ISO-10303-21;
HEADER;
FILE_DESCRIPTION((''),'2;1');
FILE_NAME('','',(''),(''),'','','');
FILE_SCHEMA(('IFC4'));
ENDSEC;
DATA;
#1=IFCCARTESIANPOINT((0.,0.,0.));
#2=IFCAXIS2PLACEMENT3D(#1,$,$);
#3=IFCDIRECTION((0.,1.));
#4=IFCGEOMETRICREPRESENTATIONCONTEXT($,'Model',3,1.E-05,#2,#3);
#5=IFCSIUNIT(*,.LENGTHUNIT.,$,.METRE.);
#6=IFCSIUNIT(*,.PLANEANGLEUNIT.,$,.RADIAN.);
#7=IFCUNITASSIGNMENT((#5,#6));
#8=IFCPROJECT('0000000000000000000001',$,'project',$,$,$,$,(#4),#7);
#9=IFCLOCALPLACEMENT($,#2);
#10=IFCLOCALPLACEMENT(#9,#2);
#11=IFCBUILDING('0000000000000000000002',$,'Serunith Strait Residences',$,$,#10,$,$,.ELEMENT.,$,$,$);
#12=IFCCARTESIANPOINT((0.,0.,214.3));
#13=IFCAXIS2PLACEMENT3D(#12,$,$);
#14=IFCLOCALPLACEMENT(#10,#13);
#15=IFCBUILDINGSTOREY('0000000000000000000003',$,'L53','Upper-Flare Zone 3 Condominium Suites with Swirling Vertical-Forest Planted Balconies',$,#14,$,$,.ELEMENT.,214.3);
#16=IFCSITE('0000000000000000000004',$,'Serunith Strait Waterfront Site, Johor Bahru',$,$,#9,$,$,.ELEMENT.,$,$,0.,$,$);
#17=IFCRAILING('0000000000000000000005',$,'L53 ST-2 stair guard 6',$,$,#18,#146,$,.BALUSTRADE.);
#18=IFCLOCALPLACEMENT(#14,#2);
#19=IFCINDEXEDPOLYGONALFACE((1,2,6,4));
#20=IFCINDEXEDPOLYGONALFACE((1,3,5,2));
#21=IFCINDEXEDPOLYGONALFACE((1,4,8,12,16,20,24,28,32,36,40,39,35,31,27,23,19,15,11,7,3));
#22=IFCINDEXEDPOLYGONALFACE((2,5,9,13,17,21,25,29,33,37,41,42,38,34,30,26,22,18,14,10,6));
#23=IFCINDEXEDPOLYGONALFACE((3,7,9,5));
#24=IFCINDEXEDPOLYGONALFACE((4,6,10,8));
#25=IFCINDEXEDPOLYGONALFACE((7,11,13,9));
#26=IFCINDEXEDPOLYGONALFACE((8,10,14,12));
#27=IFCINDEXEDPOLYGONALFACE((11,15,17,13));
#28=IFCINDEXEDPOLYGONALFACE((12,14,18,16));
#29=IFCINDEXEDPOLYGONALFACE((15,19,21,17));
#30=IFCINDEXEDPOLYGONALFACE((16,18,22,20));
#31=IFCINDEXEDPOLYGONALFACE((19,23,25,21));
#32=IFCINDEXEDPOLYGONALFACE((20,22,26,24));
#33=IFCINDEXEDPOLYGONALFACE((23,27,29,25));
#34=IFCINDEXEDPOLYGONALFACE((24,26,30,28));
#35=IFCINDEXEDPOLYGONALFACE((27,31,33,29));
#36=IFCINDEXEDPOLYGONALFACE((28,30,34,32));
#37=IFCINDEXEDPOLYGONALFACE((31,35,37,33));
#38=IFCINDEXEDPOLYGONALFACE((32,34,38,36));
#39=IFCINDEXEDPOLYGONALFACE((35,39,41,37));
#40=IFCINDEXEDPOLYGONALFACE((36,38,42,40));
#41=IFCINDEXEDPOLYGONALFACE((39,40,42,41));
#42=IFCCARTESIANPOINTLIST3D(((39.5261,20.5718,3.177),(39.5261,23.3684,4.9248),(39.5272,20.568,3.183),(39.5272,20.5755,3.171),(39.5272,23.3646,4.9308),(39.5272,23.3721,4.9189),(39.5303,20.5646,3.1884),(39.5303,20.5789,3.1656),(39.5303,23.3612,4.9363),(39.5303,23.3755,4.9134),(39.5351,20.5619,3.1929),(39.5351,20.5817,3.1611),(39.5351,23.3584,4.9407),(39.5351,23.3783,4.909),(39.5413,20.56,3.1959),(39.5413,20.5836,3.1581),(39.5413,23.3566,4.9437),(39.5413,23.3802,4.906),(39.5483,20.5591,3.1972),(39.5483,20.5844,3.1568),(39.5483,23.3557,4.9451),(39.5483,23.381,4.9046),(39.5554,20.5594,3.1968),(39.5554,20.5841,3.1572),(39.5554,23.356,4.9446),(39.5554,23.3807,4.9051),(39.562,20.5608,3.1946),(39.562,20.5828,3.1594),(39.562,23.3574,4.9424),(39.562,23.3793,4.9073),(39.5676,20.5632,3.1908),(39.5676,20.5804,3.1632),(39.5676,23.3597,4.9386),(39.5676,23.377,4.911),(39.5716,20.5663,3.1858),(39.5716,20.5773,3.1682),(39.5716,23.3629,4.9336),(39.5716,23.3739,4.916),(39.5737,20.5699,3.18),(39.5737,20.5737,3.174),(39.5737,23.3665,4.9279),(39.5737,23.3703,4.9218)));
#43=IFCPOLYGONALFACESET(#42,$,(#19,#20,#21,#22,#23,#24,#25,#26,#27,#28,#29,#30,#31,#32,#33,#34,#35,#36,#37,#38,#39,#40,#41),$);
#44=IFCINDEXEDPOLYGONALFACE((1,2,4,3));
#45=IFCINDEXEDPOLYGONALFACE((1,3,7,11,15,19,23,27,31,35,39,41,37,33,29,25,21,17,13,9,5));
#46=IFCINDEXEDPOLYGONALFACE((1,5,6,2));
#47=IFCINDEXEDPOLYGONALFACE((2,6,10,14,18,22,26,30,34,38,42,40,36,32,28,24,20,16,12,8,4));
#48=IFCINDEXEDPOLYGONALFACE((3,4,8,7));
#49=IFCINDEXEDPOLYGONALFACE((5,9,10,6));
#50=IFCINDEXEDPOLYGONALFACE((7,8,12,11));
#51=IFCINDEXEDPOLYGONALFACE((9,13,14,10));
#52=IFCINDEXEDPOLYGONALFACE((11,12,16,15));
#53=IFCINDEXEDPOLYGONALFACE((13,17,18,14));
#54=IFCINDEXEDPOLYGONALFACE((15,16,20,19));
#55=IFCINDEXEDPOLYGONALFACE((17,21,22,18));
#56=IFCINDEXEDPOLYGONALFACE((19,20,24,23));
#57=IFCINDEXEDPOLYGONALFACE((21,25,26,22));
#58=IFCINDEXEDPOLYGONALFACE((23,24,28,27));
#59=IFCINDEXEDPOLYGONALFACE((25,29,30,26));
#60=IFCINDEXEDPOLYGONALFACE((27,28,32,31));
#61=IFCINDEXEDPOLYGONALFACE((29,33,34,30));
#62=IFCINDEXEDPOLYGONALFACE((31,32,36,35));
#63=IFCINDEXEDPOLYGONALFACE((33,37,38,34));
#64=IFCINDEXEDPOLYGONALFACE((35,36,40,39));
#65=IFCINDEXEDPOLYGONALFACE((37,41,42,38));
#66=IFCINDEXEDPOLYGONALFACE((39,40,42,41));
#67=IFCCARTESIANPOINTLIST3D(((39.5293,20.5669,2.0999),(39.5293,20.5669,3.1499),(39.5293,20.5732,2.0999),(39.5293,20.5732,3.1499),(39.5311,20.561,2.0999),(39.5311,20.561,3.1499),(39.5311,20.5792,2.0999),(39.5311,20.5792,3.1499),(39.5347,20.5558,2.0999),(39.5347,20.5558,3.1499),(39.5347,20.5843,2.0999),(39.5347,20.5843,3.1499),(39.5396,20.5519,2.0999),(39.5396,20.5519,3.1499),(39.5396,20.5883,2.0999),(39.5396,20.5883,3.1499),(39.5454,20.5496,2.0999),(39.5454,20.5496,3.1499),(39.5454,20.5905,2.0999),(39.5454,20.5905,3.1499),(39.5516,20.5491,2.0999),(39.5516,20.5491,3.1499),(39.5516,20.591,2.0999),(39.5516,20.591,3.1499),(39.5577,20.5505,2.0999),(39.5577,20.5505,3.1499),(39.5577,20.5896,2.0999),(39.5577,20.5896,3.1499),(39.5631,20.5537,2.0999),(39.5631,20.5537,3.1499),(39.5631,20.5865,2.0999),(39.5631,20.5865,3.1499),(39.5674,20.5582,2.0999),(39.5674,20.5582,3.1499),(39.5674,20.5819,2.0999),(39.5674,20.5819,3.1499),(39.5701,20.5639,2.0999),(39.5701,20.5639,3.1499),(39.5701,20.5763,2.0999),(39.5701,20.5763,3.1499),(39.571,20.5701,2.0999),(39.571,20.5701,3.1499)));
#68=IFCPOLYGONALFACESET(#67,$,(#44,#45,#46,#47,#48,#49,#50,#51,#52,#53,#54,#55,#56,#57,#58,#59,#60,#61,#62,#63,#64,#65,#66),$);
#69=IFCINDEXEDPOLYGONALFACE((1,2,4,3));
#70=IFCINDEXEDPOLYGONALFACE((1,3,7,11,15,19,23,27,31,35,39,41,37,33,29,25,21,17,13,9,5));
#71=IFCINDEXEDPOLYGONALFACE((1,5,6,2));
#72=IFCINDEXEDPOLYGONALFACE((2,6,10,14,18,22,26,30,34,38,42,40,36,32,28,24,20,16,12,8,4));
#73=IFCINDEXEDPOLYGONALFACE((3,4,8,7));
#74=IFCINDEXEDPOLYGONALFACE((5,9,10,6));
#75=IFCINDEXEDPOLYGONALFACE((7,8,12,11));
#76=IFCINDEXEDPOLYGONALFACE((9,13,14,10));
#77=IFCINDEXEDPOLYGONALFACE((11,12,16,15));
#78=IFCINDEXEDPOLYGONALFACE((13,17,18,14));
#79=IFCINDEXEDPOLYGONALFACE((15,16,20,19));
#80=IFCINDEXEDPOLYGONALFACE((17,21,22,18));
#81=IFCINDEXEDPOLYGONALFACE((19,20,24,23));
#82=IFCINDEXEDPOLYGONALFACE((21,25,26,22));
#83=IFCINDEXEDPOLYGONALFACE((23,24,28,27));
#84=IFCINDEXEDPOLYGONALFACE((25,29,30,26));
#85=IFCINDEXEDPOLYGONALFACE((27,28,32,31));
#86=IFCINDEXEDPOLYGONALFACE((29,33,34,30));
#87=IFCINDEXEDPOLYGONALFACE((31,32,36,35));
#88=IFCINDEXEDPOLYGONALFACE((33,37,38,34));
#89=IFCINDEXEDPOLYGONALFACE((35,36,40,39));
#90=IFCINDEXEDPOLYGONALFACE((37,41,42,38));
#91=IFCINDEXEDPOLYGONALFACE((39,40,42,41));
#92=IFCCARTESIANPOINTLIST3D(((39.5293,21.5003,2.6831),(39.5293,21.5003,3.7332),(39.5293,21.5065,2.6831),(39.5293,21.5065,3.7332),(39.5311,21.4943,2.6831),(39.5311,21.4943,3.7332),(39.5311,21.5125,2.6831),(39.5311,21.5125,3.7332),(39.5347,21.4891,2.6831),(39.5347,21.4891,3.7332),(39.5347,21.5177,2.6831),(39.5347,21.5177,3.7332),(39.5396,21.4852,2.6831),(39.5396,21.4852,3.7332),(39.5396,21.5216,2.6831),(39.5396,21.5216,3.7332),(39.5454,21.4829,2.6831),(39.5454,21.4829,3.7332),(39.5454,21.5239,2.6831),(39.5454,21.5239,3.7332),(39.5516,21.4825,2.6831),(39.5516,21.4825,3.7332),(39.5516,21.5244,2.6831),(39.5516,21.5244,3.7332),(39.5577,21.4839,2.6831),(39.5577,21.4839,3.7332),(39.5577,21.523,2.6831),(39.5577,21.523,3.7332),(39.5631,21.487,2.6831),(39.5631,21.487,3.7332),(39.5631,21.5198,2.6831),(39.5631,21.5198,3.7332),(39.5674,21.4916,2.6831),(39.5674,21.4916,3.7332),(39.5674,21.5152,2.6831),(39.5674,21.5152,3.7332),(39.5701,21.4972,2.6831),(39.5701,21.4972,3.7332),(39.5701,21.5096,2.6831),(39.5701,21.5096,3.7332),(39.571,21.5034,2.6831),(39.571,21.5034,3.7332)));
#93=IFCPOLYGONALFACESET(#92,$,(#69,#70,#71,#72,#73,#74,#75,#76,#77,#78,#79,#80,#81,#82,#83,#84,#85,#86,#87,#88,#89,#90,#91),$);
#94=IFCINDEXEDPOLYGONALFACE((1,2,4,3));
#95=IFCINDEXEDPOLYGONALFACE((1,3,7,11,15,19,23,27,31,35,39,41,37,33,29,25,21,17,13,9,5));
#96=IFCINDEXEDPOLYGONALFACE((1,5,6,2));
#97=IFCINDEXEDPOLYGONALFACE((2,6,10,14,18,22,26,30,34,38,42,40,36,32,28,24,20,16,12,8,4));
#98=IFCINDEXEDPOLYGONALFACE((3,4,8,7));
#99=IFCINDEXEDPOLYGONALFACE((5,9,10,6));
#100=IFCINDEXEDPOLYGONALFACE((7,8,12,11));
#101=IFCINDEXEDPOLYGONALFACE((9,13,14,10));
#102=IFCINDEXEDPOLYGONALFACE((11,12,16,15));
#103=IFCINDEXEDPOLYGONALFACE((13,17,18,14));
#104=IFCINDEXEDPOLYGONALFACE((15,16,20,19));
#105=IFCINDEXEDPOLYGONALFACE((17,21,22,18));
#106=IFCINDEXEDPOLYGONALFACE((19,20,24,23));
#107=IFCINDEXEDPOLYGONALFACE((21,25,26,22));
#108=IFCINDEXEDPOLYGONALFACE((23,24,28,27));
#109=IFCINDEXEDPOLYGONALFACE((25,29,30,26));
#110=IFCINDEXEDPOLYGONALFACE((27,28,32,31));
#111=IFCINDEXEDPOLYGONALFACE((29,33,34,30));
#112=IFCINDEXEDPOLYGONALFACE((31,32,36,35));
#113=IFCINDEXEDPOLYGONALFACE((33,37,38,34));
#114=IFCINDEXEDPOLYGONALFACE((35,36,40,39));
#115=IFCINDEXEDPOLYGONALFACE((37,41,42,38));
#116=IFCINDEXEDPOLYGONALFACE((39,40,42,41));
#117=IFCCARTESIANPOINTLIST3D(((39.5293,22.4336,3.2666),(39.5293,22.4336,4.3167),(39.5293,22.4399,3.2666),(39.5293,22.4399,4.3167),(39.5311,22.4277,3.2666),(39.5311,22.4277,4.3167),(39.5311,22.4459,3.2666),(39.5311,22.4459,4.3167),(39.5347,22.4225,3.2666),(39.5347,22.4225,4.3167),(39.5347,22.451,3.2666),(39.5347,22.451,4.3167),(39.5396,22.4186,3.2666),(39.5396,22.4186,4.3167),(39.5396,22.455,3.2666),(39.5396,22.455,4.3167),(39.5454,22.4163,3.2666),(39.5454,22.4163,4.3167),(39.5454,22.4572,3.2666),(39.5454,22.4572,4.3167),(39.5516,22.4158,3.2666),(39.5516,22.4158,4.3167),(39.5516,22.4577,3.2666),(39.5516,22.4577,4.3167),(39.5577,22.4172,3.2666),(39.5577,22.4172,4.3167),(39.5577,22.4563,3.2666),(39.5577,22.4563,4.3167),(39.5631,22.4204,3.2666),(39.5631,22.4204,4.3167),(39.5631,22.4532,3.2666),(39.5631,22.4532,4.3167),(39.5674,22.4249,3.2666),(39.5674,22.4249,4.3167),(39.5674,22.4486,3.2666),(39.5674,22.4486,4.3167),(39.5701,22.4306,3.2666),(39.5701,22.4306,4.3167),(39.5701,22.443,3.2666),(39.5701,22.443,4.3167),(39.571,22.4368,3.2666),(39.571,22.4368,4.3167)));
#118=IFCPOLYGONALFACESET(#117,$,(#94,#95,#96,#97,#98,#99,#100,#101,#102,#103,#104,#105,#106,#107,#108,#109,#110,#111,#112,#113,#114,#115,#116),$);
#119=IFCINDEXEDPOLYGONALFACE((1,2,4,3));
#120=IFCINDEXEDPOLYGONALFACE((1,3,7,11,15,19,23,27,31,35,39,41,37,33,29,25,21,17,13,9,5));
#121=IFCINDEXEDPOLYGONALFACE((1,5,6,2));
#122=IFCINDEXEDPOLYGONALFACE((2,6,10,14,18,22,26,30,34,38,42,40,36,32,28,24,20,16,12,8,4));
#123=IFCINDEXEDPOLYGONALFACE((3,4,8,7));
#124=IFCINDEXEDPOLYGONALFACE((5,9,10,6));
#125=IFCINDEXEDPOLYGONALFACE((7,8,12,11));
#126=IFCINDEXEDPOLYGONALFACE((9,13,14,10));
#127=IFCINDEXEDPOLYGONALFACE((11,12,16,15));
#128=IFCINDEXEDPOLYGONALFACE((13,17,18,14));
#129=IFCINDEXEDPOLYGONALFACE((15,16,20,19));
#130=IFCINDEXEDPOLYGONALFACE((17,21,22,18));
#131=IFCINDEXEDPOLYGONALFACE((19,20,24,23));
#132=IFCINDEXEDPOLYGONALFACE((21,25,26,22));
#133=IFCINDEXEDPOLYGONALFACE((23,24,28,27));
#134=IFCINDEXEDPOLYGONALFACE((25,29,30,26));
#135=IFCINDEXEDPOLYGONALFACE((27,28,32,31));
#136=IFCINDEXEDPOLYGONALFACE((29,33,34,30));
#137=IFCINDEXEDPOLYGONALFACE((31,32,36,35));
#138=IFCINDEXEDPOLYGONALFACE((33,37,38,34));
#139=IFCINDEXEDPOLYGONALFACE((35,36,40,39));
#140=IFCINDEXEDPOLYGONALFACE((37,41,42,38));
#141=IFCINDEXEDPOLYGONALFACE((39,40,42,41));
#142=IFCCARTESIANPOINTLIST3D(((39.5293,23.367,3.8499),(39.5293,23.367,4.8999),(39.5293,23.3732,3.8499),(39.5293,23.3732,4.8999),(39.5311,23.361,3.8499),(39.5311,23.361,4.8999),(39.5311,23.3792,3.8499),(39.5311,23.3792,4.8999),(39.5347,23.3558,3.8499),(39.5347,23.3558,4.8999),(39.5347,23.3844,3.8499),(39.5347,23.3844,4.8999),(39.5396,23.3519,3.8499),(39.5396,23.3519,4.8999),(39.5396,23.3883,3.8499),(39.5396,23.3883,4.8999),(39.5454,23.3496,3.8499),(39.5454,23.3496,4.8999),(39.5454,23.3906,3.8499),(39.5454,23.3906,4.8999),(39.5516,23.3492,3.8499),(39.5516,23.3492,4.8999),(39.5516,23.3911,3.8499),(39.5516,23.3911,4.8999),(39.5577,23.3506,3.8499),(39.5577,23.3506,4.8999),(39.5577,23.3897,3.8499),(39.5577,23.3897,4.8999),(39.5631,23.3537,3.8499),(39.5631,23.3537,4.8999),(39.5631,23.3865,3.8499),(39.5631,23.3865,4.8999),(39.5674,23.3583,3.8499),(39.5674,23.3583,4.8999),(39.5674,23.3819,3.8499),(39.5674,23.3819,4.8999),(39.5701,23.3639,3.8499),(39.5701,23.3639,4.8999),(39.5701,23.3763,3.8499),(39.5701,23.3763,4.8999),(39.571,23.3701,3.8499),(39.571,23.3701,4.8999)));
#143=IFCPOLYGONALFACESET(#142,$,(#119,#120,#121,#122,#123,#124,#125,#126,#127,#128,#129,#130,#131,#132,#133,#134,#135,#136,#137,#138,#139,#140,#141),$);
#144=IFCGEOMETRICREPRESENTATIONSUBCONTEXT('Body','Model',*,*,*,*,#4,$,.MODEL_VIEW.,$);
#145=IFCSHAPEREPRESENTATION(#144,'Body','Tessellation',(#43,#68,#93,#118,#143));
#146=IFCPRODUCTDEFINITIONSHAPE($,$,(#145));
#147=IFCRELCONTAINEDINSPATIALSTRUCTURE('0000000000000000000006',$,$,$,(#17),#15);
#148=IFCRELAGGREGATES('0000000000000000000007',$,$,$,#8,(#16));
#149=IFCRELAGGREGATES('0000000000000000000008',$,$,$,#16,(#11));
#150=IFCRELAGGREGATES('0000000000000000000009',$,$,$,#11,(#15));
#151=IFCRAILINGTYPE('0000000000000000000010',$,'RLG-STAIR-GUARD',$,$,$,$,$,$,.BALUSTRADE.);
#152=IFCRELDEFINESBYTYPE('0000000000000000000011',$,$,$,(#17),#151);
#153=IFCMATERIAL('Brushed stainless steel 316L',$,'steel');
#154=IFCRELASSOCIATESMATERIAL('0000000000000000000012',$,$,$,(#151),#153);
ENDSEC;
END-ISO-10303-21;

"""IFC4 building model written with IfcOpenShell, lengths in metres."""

from ifc_helpers import new_model, si_unit, direction, frame, origin, origin_2d, place, context, subcontext, project, spatial, circle, extrude, material, type_object, element, save


model = new_model("IFC4")

# Units and contexts
model_context = context("Model", 3, precision=1e-05, world=origin(), true_north=direction((0.0, 1.0)))
body_context = subcontext(model_context, "Body", "Model", "MODEL_VIEW")
ifc_project = project(units=[si_unit("LENGTHUNIT", "METRE"), si_unit("PLANEANGLEUNIT", "RADIAN")], contexts=[model_context])

# Site, building, storey
site_placement = place(None, origin())
site = spatial("IfcSite", under=ifc_project, at=site_placement, Name="Serunith Strait Waterfront Site, Johor Bahru", CompositionType="ELEMENT", RefElevation=0.0)
building_placement = place(site_placement, origin())
building = spatial("IfcBuilding", under=site, at=building_placement, Name="Serunith Strait Residences", CompositionType="ELEMENT")
storey_placement = place(building_placement, frame((0.0, 0.0, 214.3)))
storey = spatial("IfcBuildingStorey", under=building, at=storey_placement, Name="L53", Description="Upper-Flare Zone 3 Condominium Suites with Swirling Vertical-Forest Planted Balconies", CompositionType="ELEMENT", Elevation=214.3)

# Railing
ifc_material_1 = material(Name="Brushed stainless steel 316L", Category="steel")
railing_type_1 = type_object("IfcRailingType", Name="RLG-STAIR-GUARD", PredefinedType="BALUSTRADE", material=ifc_material_1)
railing_1_placement = place(storey_placement, frame((39.55, 20.5701, 2.0999)))
element("IfcRailing", 1, at=railing_1_placement, inside=storey, type_object=railing_type_1, Name="L53 ST-2 stair guard 6", PredefinedType="BALUSTRADE", context=body_context, shape_type="SweptSolid", body=[
    extrude(circle(Radius=0.0239, at=origin_2d()), frame((0.0, 0.0017, 1.0771), z_axis=(0.0, 0.848002, 0.529992), x_axis=(-1.0, 0.0, 0.0)), (0.0, 0.0, 1.0), 3.2979),
    extrude(circle(Radius=0.021, at=origin_2d()), origin(), (0.0, 0.0, 1.0), 1.05),
    extrude(circle(Radius=0.021, at=origin_2d()), frame((0.0, 0.9333, 0.5833)), (0.0, 0.0, 1.0), 1.05),
    extrude(circle(Radius=0.021, at=origin_2d()), frame((0.0, 1.8667, 1.1667)), (0.0, 0.0, 1.0), 1.05),
    extrude(circle(Radius=0.021, at=origin_2d()), frame((0.0, 2.8, 1.75)), (0.0, 0.0, 1.0), 1.05),
])

save(model, "model.ifc")
